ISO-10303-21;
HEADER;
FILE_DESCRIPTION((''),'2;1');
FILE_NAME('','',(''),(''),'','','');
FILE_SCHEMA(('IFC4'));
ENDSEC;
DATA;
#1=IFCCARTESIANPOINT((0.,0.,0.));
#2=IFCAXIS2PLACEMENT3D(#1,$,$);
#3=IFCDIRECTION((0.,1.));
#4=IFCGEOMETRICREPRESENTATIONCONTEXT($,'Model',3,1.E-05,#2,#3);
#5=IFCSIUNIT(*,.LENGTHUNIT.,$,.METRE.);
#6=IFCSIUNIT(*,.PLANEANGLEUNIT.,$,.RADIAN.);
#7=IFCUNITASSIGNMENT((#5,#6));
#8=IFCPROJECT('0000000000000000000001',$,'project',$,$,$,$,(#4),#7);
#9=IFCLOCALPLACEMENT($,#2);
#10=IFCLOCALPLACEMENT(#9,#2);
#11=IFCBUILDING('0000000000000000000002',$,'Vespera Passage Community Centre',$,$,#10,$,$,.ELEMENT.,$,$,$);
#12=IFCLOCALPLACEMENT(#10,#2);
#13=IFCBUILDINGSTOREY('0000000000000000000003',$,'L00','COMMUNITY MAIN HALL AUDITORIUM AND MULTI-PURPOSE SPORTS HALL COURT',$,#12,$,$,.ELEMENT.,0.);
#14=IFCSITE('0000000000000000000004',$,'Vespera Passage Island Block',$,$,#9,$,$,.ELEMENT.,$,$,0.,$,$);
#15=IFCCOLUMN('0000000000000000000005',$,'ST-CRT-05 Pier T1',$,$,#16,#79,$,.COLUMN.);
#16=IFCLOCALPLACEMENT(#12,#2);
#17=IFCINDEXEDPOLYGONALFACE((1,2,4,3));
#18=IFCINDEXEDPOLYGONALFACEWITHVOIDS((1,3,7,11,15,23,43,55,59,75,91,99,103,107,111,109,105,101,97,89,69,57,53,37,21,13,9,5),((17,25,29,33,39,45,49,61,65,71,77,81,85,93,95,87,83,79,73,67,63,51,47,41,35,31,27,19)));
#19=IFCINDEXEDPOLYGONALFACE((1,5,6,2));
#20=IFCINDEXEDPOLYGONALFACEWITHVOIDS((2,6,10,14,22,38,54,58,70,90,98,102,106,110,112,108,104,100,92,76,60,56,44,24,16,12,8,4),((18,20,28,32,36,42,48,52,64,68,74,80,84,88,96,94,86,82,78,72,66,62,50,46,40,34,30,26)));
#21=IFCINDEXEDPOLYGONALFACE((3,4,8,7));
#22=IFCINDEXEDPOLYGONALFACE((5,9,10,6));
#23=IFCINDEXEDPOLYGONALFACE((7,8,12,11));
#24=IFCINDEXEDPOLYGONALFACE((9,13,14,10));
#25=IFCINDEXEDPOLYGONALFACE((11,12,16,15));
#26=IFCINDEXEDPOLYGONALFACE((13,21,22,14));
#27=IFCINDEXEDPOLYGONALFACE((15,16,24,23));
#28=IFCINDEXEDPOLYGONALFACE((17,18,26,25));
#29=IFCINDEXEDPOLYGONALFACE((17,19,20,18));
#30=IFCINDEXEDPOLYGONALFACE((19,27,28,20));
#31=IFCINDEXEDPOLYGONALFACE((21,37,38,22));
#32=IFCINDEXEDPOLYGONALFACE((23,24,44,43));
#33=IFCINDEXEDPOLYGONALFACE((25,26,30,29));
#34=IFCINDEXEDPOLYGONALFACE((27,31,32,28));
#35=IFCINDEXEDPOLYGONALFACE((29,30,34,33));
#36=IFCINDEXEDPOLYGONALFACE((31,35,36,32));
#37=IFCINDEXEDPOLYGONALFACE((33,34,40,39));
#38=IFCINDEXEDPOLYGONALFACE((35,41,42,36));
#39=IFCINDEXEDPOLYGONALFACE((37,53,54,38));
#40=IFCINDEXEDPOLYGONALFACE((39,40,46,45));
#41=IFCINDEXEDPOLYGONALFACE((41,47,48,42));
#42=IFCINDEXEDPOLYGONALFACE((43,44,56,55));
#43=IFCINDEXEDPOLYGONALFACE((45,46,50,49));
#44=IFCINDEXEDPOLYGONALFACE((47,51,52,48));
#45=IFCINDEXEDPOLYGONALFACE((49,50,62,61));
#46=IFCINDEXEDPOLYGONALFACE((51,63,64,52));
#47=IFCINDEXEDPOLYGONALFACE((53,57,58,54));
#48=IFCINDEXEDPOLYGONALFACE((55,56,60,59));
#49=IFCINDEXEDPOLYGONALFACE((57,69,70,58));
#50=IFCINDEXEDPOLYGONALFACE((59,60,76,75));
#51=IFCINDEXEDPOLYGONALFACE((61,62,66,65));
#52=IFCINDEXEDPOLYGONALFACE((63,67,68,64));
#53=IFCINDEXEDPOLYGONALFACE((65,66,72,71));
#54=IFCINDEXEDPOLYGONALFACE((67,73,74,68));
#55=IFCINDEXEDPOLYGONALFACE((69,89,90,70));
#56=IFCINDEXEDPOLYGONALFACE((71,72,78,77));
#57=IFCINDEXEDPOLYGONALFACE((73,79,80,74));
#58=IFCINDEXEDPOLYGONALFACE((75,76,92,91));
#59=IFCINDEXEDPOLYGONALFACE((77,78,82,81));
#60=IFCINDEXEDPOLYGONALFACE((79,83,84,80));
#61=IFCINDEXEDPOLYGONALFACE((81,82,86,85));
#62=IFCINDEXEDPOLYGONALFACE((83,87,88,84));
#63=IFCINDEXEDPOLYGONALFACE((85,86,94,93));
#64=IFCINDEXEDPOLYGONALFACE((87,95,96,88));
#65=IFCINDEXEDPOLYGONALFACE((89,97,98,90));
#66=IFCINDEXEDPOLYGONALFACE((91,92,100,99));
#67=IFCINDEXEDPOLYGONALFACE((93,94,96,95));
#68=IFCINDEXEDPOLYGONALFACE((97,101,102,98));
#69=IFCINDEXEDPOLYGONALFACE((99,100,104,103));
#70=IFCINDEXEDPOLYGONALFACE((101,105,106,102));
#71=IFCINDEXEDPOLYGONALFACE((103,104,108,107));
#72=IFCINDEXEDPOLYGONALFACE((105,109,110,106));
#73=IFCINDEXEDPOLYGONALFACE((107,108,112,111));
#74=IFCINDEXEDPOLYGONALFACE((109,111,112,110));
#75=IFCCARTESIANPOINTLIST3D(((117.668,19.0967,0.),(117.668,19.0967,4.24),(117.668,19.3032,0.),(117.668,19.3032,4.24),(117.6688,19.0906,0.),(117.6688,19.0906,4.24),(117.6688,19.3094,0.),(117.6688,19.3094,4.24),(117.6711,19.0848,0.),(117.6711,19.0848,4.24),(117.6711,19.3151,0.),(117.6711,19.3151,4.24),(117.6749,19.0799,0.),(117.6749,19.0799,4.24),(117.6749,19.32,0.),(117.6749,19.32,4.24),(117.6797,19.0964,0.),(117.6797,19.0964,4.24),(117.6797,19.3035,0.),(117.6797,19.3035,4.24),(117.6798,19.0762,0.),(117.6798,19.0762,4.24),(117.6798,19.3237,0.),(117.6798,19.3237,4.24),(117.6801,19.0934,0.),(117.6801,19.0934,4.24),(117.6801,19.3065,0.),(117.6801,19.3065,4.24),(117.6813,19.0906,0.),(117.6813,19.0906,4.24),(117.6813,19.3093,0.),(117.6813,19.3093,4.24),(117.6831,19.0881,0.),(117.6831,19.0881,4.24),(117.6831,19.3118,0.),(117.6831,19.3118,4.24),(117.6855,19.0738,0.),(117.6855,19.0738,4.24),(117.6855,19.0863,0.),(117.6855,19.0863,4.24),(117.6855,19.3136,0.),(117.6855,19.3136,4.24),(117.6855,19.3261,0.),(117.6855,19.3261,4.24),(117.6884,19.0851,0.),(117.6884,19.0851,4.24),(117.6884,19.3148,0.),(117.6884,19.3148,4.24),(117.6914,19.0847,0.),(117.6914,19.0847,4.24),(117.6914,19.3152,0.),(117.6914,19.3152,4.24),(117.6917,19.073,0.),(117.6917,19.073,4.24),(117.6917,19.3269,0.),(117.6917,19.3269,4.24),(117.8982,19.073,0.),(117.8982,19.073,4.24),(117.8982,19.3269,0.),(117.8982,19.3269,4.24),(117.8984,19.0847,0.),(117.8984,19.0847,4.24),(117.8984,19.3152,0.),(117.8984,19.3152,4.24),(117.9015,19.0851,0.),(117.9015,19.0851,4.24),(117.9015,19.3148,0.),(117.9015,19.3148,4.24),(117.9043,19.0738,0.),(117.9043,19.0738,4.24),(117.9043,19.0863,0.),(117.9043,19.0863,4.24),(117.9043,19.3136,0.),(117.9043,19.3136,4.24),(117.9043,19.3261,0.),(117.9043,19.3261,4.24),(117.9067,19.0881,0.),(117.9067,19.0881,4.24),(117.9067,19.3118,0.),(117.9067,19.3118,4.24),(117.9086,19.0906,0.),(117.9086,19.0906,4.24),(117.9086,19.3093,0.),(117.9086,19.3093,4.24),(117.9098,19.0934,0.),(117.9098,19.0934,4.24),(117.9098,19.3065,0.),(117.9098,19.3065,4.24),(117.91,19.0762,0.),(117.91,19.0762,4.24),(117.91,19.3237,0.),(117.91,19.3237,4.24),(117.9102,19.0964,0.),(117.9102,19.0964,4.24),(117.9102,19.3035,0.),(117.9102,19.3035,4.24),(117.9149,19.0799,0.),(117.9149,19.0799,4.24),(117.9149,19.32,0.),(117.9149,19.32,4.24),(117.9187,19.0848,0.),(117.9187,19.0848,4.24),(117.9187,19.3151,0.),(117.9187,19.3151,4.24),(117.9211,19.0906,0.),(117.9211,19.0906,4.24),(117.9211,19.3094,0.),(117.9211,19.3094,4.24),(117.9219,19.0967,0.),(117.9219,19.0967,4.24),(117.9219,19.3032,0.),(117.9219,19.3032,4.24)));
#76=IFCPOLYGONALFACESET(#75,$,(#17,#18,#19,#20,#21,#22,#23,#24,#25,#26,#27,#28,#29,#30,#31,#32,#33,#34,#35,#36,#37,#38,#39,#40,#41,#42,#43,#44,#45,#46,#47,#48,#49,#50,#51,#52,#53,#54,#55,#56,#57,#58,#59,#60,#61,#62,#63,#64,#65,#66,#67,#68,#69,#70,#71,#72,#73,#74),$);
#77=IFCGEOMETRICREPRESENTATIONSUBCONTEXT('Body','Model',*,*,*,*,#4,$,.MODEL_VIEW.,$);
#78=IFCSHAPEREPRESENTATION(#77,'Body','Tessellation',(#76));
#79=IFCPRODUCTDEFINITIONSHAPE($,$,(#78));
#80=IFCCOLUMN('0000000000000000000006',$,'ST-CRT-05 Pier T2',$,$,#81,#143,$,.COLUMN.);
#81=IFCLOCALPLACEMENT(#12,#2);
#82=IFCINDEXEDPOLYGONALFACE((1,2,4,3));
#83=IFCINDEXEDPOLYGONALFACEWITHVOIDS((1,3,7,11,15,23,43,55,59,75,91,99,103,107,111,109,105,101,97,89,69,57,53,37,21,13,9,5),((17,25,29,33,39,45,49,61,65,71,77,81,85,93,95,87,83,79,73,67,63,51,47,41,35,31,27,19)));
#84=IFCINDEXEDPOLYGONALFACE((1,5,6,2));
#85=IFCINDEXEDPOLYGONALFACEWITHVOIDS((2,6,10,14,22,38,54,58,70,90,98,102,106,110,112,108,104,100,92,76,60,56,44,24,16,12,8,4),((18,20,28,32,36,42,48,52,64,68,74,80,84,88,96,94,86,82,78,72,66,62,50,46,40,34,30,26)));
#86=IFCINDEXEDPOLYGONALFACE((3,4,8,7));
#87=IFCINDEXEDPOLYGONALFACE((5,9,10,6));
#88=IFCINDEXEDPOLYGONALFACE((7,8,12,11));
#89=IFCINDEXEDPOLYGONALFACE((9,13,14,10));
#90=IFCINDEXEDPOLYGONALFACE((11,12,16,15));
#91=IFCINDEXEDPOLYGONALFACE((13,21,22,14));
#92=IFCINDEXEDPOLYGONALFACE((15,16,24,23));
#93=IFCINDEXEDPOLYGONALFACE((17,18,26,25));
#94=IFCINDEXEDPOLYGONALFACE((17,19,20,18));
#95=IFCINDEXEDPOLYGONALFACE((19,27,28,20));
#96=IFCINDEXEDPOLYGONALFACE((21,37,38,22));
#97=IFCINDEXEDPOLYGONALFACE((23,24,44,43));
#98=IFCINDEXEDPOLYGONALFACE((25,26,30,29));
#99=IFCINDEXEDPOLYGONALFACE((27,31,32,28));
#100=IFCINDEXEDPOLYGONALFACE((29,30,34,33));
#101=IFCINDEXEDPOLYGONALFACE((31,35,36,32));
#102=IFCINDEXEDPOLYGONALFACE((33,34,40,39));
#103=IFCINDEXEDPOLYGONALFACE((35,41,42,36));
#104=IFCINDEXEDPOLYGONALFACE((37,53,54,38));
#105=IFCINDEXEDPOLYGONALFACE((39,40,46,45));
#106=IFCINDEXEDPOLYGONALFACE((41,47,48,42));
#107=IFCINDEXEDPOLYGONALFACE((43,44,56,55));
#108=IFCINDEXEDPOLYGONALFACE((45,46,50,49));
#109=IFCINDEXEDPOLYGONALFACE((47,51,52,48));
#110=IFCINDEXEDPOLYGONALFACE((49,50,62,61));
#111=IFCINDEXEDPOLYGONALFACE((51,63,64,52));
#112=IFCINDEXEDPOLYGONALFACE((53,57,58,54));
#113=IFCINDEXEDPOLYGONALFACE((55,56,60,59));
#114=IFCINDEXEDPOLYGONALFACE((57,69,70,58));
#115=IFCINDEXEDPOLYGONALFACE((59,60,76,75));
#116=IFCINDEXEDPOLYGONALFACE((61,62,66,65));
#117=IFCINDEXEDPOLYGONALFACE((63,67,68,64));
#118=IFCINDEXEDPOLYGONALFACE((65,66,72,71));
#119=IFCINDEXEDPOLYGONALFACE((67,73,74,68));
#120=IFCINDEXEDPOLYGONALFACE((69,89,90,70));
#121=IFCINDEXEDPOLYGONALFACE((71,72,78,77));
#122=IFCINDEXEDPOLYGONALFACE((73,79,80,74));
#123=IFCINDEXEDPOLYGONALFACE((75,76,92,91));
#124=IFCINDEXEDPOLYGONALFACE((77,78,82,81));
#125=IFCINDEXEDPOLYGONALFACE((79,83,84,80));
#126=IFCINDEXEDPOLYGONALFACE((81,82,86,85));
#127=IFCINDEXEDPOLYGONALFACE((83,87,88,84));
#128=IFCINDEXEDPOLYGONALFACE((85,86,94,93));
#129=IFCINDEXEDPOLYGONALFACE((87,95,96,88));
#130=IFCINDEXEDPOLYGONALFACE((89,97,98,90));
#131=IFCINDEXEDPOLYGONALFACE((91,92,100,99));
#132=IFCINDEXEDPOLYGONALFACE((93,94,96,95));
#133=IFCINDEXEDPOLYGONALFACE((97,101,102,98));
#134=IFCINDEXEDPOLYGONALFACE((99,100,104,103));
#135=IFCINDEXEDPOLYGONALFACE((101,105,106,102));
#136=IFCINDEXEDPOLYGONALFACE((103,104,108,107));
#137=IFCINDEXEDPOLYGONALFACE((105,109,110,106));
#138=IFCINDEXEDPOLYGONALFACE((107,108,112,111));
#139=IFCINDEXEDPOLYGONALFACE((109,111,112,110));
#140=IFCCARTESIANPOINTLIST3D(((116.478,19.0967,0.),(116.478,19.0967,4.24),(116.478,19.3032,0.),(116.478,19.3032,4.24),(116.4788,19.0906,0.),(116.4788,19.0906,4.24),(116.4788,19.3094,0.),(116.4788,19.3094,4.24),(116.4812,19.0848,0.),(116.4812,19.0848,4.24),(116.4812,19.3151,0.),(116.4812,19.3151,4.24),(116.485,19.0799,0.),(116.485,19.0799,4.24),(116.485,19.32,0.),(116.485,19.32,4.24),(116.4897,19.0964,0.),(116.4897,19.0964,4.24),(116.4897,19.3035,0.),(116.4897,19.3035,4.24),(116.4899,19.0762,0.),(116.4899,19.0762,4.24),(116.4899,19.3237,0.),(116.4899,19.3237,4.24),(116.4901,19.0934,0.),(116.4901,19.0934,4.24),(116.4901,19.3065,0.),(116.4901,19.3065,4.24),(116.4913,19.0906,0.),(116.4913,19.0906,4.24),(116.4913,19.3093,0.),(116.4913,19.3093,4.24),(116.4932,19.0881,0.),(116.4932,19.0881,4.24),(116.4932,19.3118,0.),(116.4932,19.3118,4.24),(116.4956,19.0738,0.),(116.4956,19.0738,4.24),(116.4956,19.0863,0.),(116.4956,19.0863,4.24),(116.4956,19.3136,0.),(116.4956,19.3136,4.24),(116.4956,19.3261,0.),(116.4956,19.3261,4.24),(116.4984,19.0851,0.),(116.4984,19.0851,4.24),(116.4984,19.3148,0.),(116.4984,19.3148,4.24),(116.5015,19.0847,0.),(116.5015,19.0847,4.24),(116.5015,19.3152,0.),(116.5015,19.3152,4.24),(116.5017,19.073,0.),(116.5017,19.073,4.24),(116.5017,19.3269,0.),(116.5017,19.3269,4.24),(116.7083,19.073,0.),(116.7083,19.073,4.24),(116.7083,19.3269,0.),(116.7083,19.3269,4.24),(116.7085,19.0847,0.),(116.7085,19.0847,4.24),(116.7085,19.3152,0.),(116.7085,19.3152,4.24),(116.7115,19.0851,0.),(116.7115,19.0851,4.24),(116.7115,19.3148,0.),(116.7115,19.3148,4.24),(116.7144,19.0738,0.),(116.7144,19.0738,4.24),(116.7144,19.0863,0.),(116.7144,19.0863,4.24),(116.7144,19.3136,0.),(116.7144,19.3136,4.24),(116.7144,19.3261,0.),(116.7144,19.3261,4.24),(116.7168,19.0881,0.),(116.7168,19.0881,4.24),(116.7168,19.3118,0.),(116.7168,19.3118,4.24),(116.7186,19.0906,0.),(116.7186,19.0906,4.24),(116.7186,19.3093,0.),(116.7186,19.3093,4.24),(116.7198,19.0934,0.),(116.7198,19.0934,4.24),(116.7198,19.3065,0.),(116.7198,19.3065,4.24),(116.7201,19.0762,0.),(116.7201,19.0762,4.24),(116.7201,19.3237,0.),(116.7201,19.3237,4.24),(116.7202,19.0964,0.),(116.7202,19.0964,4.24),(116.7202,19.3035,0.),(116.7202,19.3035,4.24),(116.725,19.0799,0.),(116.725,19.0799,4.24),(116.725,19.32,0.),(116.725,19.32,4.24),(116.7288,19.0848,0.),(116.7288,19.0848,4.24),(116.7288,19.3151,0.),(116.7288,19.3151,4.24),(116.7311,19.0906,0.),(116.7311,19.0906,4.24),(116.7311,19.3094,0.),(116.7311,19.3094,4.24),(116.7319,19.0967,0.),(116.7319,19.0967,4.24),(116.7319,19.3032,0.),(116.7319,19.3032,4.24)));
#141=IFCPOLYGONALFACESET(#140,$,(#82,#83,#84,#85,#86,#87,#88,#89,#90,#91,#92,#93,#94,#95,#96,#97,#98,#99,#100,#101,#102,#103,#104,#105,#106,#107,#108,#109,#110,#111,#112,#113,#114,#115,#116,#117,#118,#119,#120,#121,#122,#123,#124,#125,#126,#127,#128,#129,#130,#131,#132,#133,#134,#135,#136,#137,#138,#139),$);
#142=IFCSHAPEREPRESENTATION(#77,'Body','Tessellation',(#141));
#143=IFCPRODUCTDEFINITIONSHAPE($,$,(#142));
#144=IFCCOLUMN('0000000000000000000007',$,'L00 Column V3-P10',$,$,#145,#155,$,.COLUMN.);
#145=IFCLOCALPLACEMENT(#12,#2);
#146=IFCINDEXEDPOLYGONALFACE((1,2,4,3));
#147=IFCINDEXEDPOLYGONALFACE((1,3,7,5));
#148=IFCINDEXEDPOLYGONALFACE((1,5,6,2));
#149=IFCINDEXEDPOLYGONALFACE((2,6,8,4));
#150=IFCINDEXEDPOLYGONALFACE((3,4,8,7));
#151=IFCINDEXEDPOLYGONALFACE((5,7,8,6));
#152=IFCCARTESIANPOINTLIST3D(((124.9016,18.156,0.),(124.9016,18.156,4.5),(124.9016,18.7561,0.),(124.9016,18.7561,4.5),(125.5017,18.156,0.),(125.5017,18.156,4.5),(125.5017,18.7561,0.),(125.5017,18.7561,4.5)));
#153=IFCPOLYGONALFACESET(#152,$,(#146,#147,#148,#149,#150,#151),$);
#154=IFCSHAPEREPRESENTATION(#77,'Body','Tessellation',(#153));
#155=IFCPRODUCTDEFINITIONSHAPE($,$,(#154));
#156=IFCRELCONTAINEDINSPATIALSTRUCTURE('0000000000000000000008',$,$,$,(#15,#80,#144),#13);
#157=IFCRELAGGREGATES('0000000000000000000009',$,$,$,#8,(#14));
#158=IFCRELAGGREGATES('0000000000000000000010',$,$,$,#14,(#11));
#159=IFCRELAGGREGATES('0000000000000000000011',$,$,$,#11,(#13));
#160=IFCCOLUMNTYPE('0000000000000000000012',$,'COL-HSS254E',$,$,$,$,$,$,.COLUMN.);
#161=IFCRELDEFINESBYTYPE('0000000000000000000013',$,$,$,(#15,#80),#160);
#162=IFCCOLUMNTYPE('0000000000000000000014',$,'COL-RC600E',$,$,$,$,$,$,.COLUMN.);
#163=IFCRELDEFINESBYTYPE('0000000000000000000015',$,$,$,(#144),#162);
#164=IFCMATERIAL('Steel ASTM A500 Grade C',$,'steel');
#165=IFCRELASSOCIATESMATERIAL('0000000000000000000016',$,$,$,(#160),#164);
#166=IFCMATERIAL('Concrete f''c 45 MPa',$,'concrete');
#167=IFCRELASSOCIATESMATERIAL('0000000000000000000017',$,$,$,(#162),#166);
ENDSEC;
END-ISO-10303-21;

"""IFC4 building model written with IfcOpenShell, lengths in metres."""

from ifc_helpers import new_model, si_unit, direction, frame, origin, origin_2d, place, context, subcontext, project, spatial, rectangle, hollow_rectangle, extrude, material, material_profile, profile_set, type_object, element, save


model = new_model("IFC4")

# Units and contexts
model_context = context("Model", 3, precision=1e-05, world=origin(), true_north=direction((0.0, 1.0)))
body_context = subcontext(model_context, "Body", "Model", "MODEL_VIEW")
ifc_project = project(units=[si_unit("LENGTHUNIT", "METRE"), si_unit("PLANEANGLEUNIT", "RADIAN")], contexts=[model_context])

# Site, building, storey
site_placement = place(None, origin())
site = spatial("IfcSite", under=ifc_project, at=site_placement, Name="Vespera Passage Island Block", CompositionType="ELEMENT", RefElevation=0.0)
building_placement = place(site_placement, origin())
building = spatial("IfcBuilding", under=site, at=building_placement, Name="Vespera Passage Community Centre", CompositionType="ELEMENT")
storey_placement = place(building_placement, origin())
storey = spatial("IfcBuildingStorey", under=building, at=storey_placement, Name="L00", Description="COMMUNITY MAIN HALL AUDITORIUM AND MULTI-PURPOSE SPORTS HALL COURT", CompositionType="ELEMENT", Elevation=0.0)

# Columns
ifc_material_1 = material(Name="Steel ASTM A500 Grade C", Category="steel")
ifc_material_profile_1 = material_profile(ifc_material_1, hollow_rectangle(XDim=0.2539, YDim=0.2539, WallThickness=0.0117, InnerFilletRadius=0.0117, OuterFilletRadius=0.0237, at=origin_2d()), Name="HSS254X254X12.7")
ifc_profile_set_1 = profile_set([ifc_material_profile_1], Name="Steel ASTM A500 Grade C")
column_type_1 = type_object("IfcColumnType", Name="COL-HSS254E", PredefinedType="COLUMN", material=ifc_profile_set_1)
for number, where, z_axis, x_axis, name in (
    (1, (117.7949, 19.2, 0.0), (0.0, 0.0, 1.0), (1.0, 0.0, 0.0), "ST-CRT-05 Pier T1"),
    (2, (116.605, 19.2, 0.0), (0.0, 0.0, 1.0), (1.0, 0.0, 0.0), "ST-CRT-05 Pier T2"),
):
    element("IfcColumn", number, at=place(storey_placement, frame(where, z_axis=z_axis, x_axis=x_axis)), inside=storey, type_object=column_type_1, Name=name, PredefinedType="COLUMN", context=body_context, shape_type="SweptSolid", body=[
        extrude(hollow_rectangle(XDim=0.2539, YDim=0.2539, WallThickness=0.0117, InnerFilletRadius=0.0117, OuterFilletRadius=0.0237, at=origin_2d()), origin(), (0.0, 0.0, 1.0), 4.24),
    ])
ifc_material_2 = material(Name="Concrete f'c 45 MPa", Category="concrete")
ifc_material_profile_2 = material_profile(ifc_material_2, rectangle(XDim=0.6001, YDim=0.6001, at=origin_2d()), Name="RC600X600")
ifc_profile_set_2 = profile_set([ifc_material_profile_2], Name="Concrete f'c 45 MPa")
column_type_2 = type_object("IfcColumnType", Name="COL-RC600E", PredefinedType="COLUMN", material=ifc_profile_set_2)
column_placement = place(storey_placement, frame((125.2017, 18.4561, 0.0), z_axis=(0.0, 0.0, 1.0), x_axis=(1.0, 0.0, 0.0)))
element("IfcColumn", 3, at=column_placement, inside=storey, type_object=column_type_2, Name="L00 Column V3-P10", PredefinedType="COLUMN", context=body_context, shape_type="SweptSolid", body=[
    extrude(rectangle(XDim=0.6001, YDim=0.6001, at=origin_2d()), origin(), (0.0, 0.0, 1.0), 4.5),
])

save(model, "model.ifc")
